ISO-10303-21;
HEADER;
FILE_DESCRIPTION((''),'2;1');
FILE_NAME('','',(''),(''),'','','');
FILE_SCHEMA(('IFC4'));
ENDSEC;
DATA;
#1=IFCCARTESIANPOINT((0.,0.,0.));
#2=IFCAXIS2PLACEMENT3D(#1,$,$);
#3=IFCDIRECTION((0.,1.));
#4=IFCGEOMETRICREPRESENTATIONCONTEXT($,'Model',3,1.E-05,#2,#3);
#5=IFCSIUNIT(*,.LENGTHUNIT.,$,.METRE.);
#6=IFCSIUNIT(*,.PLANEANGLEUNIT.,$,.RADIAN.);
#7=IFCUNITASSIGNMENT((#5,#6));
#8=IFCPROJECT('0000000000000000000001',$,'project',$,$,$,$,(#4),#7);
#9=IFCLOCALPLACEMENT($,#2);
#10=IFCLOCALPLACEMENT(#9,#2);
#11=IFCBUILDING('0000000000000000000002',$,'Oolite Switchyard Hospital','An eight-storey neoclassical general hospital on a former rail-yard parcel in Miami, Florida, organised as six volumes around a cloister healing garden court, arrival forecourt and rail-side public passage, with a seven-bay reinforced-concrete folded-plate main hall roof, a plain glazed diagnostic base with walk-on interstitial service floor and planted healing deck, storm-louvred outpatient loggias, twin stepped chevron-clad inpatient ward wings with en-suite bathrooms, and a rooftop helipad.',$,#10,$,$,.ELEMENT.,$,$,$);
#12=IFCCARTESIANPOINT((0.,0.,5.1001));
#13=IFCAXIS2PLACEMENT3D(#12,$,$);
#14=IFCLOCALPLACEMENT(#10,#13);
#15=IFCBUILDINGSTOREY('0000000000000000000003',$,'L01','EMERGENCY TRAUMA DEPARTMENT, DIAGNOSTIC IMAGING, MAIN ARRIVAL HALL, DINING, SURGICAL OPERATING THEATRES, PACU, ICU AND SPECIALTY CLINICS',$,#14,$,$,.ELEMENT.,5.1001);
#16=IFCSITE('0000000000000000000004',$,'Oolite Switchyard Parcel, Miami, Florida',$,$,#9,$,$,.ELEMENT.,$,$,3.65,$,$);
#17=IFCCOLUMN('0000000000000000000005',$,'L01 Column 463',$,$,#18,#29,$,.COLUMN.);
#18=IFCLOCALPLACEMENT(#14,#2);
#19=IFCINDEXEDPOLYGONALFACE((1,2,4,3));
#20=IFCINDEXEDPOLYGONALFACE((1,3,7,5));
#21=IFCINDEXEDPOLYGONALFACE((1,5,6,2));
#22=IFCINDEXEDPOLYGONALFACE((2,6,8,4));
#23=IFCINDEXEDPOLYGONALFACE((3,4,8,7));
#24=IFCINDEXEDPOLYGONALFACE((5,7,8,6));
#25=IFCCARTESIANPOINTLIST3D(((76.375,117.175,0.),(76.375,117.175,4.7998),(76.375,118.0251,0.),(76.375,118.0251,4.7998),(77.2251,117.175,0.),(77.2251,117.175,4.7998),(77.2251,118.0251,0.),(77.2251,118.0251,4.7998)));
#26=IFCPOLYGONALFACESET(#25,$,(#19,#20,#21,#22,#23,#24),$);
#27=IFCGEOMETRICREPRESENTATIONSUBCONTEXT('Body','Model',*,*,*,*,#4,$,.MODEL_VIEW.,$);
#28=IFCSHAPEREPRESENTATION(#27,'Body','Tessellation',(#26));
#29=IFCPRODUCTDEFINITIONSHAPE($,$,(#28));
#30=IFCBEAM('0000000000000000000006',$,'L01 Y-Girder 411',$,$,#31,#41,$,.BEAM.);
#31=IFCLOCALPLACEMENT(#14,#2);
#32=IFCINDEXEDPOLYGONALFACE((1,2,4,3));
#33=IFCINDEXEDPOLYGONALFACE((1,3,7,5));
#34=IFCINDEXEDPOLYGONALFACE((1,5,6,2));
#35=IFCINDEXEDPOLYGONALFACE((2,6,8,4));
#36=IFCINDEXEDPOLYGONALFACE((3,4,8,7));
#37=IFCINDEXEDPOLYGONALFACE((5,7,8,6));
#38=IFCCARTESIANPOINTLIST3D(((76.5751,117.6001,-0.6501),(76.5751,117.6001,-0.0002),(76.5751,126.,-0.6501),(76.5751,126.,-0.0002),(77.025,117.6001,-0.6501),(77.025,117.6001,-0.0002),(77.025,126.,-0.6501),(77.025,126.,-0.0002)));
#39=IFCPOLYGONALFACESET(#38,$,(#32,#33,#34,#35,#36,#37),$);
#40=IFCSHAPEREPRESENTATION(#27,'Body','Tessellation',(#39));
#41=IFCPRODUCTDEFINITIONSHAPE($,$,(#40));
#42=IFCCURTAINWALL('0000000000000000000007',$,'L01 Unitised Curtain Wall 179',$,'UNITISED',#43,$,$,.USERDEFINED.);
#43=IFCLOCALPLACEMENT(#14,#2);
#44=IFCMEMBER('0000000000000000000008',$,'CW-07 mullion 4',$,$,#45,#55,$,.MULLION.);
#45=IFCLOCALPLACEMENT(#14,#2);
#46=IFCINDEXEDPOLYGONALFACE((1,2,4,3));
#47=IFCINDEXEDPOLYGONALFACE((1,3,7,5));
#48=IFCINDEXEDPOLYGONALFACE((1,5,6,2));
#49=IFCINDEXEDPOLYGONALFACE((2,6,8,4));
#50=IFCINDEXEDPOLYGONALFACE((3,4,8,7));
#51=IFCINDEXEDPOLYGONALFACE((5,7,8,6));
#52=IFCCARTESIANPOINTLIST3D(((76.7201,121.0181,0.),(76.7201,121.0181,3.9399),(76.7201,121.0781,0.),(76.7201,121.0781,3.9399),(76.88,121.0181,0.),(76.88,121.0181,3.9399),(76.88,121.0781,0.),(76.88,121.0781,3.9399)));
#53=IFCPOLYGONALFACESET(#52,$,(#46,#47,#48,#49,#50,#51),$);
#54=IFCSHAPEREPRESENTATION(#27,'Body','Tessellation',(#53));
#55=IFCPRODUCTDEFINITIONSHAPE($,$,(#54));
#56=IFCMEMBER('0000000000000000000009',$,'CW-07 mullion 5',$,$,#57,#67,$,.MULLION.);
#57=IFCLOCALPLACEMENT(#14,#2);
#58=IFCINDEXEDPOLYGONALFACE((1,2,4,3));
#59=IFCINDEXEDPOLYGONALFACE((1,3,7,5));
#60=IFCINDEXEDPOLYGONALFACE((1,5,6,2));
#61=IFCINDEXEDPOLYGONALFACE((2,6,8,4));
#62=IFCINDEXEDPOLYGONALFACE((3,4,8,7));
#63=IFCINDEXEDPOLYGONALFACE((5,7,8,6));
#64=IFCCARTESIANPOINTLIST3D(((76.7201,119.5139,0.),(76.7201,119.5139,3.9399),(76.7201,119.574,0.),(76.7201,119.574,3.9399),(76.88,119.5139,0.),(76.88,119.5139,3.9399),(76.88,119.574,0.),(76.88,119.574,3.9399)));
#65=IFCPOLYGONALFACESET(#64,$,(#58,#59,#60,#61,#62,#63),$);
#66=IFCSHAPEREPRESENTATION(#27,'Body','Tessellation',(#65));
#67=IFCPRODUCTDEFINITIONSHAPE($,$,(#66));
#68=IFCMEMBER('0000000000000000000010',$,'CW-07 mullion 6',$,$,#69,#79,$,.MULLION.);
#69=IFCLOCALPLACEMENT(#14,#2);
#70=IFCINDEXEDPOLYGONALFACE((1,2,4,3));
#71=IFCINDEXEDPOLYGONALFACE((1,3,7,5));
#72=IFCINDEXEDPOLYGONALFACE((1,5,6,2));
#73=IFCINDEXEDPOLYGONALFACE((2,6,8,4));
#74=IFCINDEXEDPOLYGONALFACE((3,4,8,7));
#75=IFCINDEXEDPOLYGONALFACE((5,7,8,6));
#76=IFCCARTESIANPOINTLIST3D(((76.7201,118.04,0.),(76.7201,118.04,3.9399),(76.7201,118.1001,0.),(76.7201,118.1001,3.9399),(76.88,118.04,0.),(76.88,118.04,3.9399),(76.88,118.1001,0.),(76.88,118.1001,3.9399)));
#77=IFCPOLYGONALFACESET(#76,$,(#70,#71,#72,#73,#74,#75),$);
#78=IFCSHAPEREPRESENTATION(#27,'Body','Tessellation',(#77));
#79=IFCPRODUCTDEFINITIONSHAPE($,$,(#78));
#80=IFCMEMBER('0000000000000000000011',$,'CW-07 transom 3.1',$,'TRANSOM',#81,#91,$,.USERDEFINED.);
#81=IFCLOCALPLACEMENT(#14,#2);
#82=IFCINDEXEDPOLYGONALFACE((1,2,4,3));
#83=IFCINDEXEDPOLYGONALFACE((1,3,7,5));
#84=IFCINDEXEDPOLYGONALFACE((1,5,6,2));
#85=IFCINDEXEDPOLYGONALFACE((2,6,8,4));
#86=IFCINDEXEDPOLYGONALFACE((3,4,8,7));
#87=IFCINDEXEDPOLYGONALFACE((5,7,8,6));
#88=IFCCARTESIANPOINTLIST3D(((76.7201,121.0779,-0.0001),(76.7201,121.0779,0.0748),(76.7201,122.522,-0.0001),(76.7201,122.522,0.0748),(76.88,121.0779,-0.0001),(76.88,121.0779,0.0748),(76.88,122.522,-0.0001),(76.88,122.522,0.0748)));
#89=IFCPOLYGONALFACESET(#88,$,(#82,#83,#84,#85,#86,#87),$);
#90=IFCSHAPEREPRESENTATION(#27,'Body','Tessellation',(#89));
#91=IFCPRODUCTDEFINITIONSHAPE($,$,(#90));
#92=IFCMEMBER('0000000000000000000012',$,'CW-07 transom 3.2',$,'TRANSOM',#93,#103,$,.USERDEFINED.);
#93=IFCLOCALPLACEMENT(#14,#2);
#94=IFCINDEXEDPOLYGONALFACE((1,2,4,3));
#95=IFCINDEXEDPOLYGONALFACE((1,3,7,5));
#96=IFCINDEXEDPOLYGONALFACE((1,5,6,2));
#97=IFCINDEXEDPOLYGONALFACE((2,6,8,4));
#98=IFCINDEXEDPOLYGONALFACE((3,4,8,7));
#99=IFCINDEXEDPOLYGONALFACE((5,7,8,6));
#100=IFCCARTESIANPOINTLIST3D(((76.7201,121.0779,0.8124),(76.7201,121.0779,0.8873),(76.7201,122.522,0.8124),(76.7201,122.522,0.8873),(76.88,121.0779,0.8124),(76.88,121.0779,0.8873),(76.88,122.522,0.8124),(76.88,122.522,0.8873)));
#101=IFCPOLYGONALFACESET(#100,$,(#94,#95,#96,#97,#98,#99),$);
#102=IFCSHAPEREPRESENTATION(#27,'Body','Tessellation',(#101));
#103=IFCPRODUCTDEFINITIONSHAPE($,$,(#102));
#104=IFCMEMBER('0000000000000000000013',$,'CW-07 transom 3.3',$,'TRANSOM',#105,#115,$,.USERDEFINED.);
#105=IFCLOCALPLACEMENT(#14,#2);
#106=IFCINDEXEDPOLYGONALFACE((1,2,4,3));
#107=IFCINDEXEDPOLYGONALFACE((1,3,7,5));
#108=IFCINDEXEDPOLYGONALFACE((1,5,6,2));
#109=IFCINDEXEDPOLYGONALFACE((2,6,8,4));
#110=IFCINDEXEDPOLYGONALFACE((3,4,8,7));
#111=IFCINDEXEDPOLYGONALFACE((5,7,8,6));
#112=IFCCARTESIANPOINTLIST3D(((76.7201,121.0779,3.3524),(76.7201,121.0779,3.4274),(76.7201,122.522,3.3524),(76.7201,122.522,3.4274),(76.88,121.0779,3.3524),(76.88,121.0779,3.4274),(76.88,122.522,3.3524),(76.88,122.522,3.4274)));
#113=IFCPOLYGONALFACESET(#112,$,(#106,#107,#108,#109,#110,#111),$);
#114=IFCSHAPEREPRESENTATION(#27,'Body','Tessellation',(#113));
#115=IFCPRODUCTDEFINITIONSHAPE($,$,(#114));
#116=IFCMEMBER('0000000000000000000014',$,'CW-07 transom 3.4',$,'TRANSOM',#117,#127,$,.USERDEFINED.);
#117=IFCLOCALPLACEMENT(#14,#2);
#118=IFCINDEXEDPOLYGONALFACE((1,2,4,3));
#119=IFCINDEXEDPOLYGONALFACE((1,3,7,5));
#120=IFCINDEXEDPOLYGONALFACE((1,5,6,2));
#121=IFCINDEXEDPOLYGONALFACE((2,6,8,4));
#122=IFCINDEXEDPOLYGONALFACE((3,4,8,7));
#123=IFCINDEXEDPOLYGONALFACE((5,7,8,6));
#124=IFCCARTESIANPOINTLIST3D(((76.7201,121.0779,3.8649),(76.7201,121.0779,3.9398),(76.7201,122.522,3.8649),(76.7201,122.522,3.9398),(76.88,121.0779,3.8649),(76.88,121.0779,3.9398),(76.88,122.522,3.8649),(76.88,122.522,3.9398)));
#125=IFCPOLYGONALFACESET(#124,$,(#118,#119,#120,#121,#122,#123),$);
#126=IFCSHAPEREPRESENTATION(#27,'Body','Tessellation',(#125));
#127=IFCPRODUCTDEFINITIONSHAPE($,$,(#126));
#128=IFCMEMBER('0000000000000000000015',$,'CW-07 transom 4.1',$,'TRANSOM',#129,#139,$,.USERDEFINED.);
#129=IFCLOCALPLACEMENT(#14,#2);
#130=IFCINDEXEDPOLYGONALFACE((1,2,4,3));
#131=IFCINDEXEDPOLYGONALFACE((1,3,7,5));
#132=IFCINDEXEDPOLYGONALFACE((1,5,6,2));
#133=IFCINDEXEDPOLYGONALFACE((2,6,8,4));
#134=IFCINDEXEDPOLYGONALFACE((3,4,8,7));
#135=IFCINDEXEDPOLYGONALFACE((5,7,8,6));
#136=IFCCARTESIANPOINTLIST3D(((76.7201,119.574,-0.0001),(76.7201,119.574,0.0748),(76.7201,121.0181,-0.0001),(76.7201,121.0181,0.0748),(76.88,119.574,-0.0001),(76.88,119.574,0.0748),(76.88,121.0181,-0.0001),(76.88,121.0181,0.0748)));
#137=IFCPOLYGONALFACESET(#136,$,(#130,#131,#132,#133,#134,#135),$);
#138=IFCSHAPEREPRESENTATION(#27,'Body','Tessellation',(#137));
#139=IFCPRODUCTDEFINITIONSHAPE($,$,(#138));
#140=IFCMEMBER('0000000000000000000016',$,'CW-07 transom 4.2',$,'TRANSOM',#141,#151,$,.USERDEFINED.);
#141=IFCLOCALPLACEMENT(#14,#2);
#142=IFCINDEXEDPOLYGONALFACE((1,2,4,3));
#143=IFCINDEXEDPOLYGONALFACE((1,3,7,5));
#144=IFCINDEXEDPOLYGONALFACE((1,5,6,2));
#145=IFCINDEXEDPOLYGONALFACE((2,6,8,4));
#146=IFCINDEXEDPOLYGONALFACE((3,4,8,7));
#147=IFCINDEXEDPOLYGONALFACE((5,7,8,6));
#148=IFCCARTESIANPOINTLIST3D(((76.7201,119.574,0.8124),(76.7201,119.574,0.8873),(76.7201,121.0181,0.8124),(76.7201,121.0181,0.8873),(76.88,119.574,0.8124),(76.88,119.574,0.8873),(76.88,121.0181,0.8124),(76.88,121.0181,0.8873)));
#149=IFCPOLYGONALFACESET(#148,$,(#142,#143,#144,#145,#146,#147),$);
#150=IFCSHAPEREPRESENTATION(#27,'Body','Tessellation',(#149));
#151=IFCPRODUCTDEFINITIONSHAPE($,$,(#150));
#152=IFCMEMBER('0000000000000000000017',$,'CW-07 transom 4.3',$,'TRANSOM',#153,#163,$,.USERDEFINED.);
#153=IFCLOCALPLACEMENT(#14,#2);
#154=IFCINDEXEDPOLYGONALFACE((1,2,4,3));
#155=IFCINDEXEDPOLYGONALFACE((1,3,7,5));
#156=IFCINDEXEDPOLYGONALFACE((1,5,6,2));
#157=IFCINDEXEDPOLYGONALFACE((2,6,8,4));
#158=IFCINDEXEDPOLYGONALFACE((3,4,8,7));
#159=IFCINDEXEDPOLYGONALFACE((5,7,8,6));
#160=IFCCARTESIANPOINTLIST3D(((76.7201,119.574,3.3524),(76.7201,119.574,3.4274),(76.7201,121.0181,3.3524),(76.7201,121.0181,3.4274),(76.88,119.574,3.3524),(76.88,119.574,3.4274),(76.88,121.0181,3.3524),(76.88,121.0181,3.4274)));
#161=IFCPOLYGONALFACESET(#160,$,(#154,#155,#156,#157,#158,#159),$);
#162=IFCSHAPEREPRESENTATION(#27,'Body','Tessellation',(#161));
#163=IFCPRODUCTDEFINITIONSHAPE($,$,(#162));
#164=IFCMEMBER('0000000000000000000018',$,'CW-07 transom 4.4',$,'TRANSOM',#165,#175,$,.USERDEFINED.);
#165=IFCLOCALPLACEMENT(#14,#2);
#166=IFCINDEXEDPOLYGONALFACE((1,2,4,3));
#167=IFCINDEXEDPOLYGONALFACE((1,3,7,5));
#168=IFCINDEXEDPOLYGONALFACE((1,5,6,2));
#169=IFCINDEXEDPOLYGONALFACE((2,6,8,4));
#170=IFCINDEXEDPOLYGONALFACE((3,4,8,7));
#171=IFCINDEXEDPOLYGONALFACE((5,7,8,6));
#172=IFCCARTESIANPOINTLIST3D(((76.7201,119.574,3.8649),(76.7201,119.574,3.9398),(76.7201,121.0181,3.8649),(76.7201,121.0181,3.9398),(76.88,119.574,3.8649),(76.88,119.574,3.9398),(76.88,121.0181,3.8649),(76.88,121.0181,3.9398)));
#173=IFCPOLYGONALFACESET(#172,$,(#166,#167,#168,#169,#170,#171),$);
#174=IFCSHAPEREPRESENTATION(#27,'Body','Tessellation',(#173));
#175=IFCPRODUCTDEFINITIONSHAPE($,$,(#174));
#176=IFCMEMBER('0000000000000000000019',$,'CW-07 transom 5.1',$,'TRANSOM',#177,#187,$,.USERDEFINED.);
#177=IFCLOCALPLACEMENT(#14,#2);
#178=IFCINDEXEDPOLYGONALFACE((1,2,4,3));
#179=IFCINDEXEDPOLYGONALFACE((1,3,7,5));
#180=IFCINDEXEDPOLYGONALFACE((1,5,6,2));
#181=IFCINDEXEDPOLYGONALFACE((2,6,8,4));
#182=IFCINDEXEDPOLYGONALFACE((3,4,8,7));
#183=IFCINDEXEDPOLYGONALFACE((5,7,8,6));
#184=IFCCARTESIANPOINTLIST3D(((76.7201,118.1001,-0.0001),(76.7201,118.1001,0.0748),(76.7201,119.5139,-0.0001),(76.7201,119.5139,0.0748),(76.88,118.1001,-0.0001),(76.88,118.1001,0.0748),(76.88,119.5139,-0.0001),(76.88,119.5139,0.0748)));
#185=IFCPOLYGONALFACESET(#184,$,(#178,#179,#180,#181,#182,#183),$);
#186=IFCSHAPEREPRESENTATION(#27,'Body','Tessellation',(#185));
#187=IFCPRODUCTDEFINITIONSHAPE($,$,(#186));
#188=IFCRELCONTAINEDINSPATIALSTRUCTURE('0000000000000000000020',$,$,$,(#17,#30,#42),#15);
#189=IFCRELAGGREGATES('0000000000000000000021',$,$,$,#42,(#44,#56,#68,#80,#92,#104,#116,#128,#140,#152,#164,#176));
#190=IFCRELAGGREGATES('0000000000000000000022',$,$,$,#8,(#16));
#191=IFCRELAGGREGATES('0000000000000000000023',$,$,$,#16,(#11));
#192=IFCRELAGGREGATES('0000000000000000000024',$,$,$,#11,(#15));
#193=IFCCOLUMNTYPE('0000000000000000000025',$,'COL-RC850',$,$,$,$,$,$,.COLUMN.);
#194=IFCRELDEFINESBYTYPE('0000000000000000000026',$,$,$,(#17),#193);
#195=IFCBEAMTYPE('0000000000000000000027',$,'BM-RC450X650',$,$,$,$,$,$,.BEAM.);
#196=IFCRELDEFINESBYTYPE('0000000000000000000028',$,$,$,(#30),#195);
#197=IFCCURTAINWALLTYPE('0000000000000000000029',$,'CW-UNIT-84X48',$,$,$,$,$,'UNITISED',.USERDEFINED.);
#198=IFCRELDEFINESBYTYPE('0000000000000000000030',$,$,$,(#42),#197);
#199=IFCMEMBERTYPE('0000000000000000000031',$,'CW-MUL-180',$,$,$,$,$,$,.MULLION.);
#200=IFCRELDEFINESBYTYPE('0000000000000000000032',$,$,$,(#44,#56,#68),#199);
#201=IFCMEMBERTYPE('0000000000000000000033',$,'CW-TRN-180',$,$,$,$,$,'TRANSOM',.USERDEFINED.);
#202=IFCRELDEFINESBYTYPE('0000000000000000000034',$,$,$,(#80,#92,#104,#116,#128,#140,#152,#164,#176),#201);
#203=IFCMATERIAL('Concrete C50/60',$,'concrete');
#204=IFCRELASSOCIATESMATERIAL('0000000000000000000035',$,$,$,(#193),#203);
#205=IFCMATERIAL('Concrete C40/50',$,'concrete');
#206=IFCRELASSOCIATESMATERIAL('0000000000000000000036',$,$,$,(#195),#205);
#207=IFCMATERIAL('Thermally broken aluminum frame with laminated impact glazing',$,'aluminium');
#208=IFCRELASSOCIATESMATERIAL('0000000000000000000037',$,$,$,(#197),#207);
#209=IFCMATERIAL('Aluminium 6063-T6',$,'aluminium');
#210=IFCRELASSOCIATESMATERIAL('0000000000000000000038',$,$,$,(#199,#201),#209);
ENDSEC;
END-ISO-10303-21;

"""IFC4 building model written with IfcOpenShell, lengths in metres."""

from ifc_helpers import new_model, si_unit, direction, frame, origin, origin_2d, place, context, subcontext, project, spatial, rectangle, extrude, material, material_profile, profile_set, type_object, element, aggregate, save


model = new_model("IFC4")

# Units and contexts
model_context = context("Model", 3, precision=1e-05, world=origin(), true_north=direction((0.0, 1.0)))
body_context = subcontext(model_context, "Body", "Model", "MODEL_VIEW")
ifc_project = project(units=[si_unit("LENGTHUNIT", "METRE"), si_unit("PLANEANGLEUNIT", "RADIAN")], contexts=[model_context])

# Site, building, storey
site_placement = place(None, origin())
site = spatial("IfcSite", under=ifc_project, at=site_placement, Name="Oolite Switchyard Parcel, Miami, Florida", CompositionType="ELEMENT", RefElevation=3.65)
building_placement = place(site_placement, origin())
building = spatial("IfcBuilding", under=site, at=building_placement, Name="Oolite Switchyard Hospital", Description="An eight-storey neoclassical general hospital on a former rail-yard parcel in Miami, Florida, organised as six volumes around a cloister healing garden court, arrival forecourt and rail-side public passage, with a seven-bay reinforced-concrete folded-plate main hall roof, a plain glazed diagnostic base with walk-on interstitial service floor and planted healing deck, storm-louvred outpatient loggias, twin stepped chevron-clad inpatient ward wings with en-suite bathrooms, and a rooftop helipad.", CompositionType="ELEMENT")
storey_placement = place(building_placement, frame((0.0, 0.0, 5.1001)))
storey = spatial("IfcBuildingStorey", under=building, at=storey_placement, Name="L01", Description="EMERGENCY TRAUMA DEPARTMENT, DIAGNOSTIC IMAGING, MAIN ARRIVAL HALL, DINING, SURGICAL OPERATING THEATRES, PACU, ICU AND SPECIALTY CLINICS", CompositionType="ELEMENT", Elevation=5.1001)

# Column
ifc_material_1 = material(Name="Concrete C50/60", Category="concrete")
ifc_material_profile_1 = material_profile(ifc_material_1, rectangle(XDim=0.8501, YDim=0.8501, at=origin_2d()), Name="RC850X850")
ifc_profile_set_1 = profile_set([ifc_material_profile_1], Name="Concrete C50/60")
column_type = type_object("IfcColumnType", Name="COL-RC850", PredefinedType="COLUMN", material=ifc_profile_set_1)
column_placement = place(storey_placement, frame((76.8, 117.6001, 0.0), z_axis=(0.0, 0.0, 1.0), x_axis=(1.0, 0.0, 0.0)))
element("IfcColumn", 1, at=column_placement, inside=storey, type_object=column_type, Name="L01 Column 463", PredefinedType="COLUMN", context=body_context, shape_type="SweptSolid", body=[
    extrude(rectangle(XDim=0.8501, YDim=0.8501, at=origin_2d()), origin(), (0.0, 0.0, 1.0), 4.7998),
])

# Beam
ifc_material_2 = material(Name="Concrete C40/50", Category="concrete")
ifc_material_profile_2 = material_profile(ifc_material_2, rectangle(XDim=0.45, YDim=0.6499, at=origin_2d()), Name="RCB450X650")
ifc_profile_set_2 = profile_set([ifc_material_profile_2], Name="Concrete C40/50")
beam_type = type_object("IfcBeamType", Name="BM-RC450X650", PredefinedType="BEAM", material=ifc_profile_set_2)
beam_placement = place(storey_placement, frame((76.8, 117.6001, -0.3252), z_axis=(0.0, 1.0, 0.0), x_axis=(-1.0, 0.0, 0.0)))
element("IfcBeam", 2, at=beam_placement, inside=storey, type_object=beam_type, Name="L01 Y-Girder 411", PredefinedType="BEAM", context=body_context, shape_type="SweptSolid", body=[
    extrude(rectangle(XDim=0.45, YDim=0.6499, at=origin_2d()), origin(), (0.0, 0.0, 1.0), 8.3999),
])

# Curtain wall, members
ifc_material_3 = material(Name="Thermally broken aluminum frame with laminated impact glazing", Category="aluminium")
curtain_wall_type = type_object("IfcCurtainWallType", Name="CW-UNIT-84X48", ElementType="UNITISED", PredefinedType="USERDEFINED", material=ifc_material_3)
curtain_wall_placement = place(storey_placement, origin())
curtain_wall = element("IfcCurtainWall", 3, at=curtain_wall_placement, inside=storey, type_object=curtain_wall_type, Name="L01 Unitised Curtain Wall 179", ObjectType="UNITISED", PredefinedType="USERDEFINED")
ifc_material_4 = material(Name="Aluminium 6063-T6", Category="aluminium")
ifc_material_profile_3 = material_profile(ifc_material_4, rectangle(XDim=0.1599, YDim=0.0601, at=origin_2d()), Name="CWM60X160")
ifc_profile_set_3 = profile_set([ifc_material_profile_3], Name="Aluminium 6063-T6")
member_type_1 = type_object("IfcMemberType", Name="CW-MUL-180", PredefinedType="MULLION", material=ifc_profile_set_3)
member_1_placement = place(storey_placement, frame((76.8, 121.0481, 0.0), z_axis=(0.0, 0.0, 1.0), x_axis=(1.0, 0.0, 0.0)))
member_1 = element("IfcMember", 4, at=member_1_placement, type_object=member_type_1, Name="CW-07 mullion 4", PredefinedType="MULLION", context=body_context, shape_type="SweptSolid", body=[
    extrude(rectangle(XDim=0.1599, YDim=0.0601, at=origin_2d()), origin(), (0.0, 0.0, 1.0), 3.9399),
])
member_2_placement = place(storey_placement, frame((76.8, 119.5439, 0.0), z_axis=(0.0, 0.0, 1.0), x_axis=(1.0, 0.0, 0.0)))
member_2 = element("IfcMember", 5, at=member_2_placement, type_object=member_type_1, Name="CW-07 mullion 5", PredefinedType="MULLION", context=body_context, shape_type="SweptSolid", body=[
    extrude(rectangle(XDim=0.1599, YDim=0.0601, at=origin_2d()), origin(), (0.0, 0.0, 1.0), 3.9399),
])
member_3_placement = place(storey_placement, frame((76.8, 118.0701, 0.0), z_axis=(0.0, 0.0, 1.0), x_axis=(1.0, 0.0, 0.0)))
member_3 = element("IfcMember", 6, at=member_3_placement, type_object=member_type_1, Name="CW-07 mullion 6", PredefinedType="MULLION", context=body_context, shape_type="SweptSolid", body=[
    extrude(rectangle(XDim=0.1599, YDim=0.0601, at=origin_2d()), origin(), (0.0, 0.0, 1.0), 3.9399),
])
ifc_material_profile_4 = material_profile(ifc_material_4, rectangle(XDim=0.1599, YDim=0.075, at=origin_2d()), Name="CWT75X160")
ifc_profile_set_4 = profile_set([ifc_material_profile_4], Name="Aluminium 6063-T6")
member_type_2 = type_object("IfcMemberType", Name="CW-TRN-180", ElementType="TRANSOM", PredefinedType="USERDEFINED", material=ifc_profile_set_4)
member_4_placement = place(storey_placement, frame((76.8, 122.522, 0.0374), z_axis=(0.0, -1.0, 0.0), x_axis=(1.0, 0.0, 0.0)))
member_4 = element("IfcMember", 7, at=member_4_placement, type_object=member_type_2, Name="CW-07 transom 3.1", ObjectType="TRANSOM", PredefinedType="USERDEFINED", context=body_context, shape_type="SweptSolid", body=[
    extrude(rectangle(XDim=0.1599, YDim=0.075, at=origin_2d()), origin(), (0.0, 0.0, 1.0), 1.4441),
])
member_5_placement = place(storey_placement, frame((76.8, 122.522, 0.8499), z_axis=(0.0, -1.0, 0.0), x_axis=(1.0, 0.0, 0.0)))
member_5 = element("IfcMember", 8, at=member_5_placement, type_object=member_type_2, Name="CW-07 transom 3.2", ObjectType="TRANSOM", PredefinedType="USERDEFINED", context=body_context, shape_type="SweptSolid", body=[
    extrude(rectangle(XDim=0.1599, YDim=0.075, at=origin_2d()), origin(), (0.0, 0.0, 1.0), 1.4441),
])
member_6_placement = place(storey_placement, frame((76.8, 122.522, 3.3899), z_axis=(0.0, -1.0, 0.0), x_axis=(1.0, 0.0, 0.0)))
member_6 = element("IfcMember", 9, at=member_6_placement, type_object=member_type_2, Name="CW-07 transom 3.3", ObjectType="TRANSOM", PredefinedType="USERDEFINED", context=body_context, shape_type="SweptSolid", body=[
    extrude(rectangle(XDim=0.1599, YDim=0.075, at=origin_2d()), origin(), (0.0, 0.0, 1.0), 1.4441),
])
member_7_placement = place(storey_placement, frame((76.8, 122.522, 3.9023), z_axis=(0.0, -1.0, 0.0), x_axis=(1.0, 0.0, 0.0)))
member_7 = element("IfcMember", 10, at=member_7_placement, type_object=member_type_2, Name="CW-07 transom 3.4", ObjectType="TRANSOM", PredefinedType="USERDEFINED", context=body_context, shape_type="SweptSolid", body=[
    extrude(rectangle(XDim=0.1599, YDim=0.075, at=origin_2d()), origin(), (0.0, 0.0, 1.0), 1.4441),
])
member_8_placement = place(storey_placement, frame((76.8, 121.0181, 0.0374), z_axis=(0.0, -1.0, 0.0), x_axis=(1.0, 0.0, 0.0)))
member_8 = element("IfcMember", 11, at=member_8_placement, type_object=member_type_2, Name="CW-07 transom 4.1", ObjectType="TRANSOM", PredefinedType="USERDEFINED", context=body_context, shape_type="SweptSolid", body=[
    extrude(rectangle(XDim=0.1599, YDim=0.075, at=origin_2d()), origin(), (0.0, 0.0, 1.0), 1.4441),
])
member_9_placement = place(storey_placement, frame((76.8, 121.0181, 0.8499), z_axis=(0.0, -1.0, 0.0), x_axis=(1.0, 0.0, 0.0)))
member_9 = element("IfcMember", 12, at=member_9_placement, type_object=member_type_2, Name="CW-07 transom 4.2", ObjectType="TRANSOM", PredefinedType="USERDEFINED", context=body_context, shape_type="SweptSolid", body=[
    extrude(rectangle(XDim=0.1599, YDim=0.075, at=origin_2d()), origin(), (0.0, 0.0, 1.0), 1.4441),
])
member_10_placement = place(storey_placement, frame((76.8, 121.0181, 3.3899), z_axis=(0.0, -1.0, 0.0), x_axis=(1.0, 0.0, 0.0)))
member_10 = element("IfcMember", 13, at=member_10_placement, type_object=member_type_2, Name="CW-07 transom 4.3", ObjectType="TRANSOM", PredefinedType="USERDEFINED", context=body_context, shape_type="SweptSolid", body=[
    extrude(rectangle(XDim=0.1599, YDim=0.075, at=origin_2d()), origin(), (0.0, 0.0, 1.0), 1.4441),
])
member_11_placement = place(storey_placement, frame((76.8, 121.0181, 3.9023), z_axis=(0.0, -1.0, 0.0), x_axis=(1.0, 0.0, 0.0)))
member_11 = element("IfcMember", 14, at=member_11_placement, type_object=member_type_2, Name="CW-07 transom 4.4", ObjectType="TRANSOM", PredefinedType="USERDEFINED", context=body_context, shape_type="SweptSolid", body=[
    extrude(rectangle(XDim=0.1599, YDim=0.075, at=origin_2d()), origin(), (0.0, 0.0, 1.0), 1.4441),
])
member_12_placement = place(storey_placement, frame((76.8, 119.5139, 0.0374), z_axis=(0.0, -1.0, 0.0), x_axis=(1.0, 0.0, 0.0)))
member_12 = element("IfcMember", 15, at=member_12_placement, type_object=member_type_2, Name="CW-07 transom 5.1", ObjectType="TRANSOM", PredefinedType="USERDEFINED", context=body_context, shape_type="SweptSolid", body=[
    extrude(rectangle(XDim=0.1599, YDim=0.075, at=origin_2d()), origin(), (0.0, 0.0, 1.0), 1.4138),
])
aggregate(curtain_wall, [member_1, member_2, member_3, member_4, member_5, member_6, member_7, member_8, member_9, member_10, member_11, member_12])

save(model, "model.ifc")
